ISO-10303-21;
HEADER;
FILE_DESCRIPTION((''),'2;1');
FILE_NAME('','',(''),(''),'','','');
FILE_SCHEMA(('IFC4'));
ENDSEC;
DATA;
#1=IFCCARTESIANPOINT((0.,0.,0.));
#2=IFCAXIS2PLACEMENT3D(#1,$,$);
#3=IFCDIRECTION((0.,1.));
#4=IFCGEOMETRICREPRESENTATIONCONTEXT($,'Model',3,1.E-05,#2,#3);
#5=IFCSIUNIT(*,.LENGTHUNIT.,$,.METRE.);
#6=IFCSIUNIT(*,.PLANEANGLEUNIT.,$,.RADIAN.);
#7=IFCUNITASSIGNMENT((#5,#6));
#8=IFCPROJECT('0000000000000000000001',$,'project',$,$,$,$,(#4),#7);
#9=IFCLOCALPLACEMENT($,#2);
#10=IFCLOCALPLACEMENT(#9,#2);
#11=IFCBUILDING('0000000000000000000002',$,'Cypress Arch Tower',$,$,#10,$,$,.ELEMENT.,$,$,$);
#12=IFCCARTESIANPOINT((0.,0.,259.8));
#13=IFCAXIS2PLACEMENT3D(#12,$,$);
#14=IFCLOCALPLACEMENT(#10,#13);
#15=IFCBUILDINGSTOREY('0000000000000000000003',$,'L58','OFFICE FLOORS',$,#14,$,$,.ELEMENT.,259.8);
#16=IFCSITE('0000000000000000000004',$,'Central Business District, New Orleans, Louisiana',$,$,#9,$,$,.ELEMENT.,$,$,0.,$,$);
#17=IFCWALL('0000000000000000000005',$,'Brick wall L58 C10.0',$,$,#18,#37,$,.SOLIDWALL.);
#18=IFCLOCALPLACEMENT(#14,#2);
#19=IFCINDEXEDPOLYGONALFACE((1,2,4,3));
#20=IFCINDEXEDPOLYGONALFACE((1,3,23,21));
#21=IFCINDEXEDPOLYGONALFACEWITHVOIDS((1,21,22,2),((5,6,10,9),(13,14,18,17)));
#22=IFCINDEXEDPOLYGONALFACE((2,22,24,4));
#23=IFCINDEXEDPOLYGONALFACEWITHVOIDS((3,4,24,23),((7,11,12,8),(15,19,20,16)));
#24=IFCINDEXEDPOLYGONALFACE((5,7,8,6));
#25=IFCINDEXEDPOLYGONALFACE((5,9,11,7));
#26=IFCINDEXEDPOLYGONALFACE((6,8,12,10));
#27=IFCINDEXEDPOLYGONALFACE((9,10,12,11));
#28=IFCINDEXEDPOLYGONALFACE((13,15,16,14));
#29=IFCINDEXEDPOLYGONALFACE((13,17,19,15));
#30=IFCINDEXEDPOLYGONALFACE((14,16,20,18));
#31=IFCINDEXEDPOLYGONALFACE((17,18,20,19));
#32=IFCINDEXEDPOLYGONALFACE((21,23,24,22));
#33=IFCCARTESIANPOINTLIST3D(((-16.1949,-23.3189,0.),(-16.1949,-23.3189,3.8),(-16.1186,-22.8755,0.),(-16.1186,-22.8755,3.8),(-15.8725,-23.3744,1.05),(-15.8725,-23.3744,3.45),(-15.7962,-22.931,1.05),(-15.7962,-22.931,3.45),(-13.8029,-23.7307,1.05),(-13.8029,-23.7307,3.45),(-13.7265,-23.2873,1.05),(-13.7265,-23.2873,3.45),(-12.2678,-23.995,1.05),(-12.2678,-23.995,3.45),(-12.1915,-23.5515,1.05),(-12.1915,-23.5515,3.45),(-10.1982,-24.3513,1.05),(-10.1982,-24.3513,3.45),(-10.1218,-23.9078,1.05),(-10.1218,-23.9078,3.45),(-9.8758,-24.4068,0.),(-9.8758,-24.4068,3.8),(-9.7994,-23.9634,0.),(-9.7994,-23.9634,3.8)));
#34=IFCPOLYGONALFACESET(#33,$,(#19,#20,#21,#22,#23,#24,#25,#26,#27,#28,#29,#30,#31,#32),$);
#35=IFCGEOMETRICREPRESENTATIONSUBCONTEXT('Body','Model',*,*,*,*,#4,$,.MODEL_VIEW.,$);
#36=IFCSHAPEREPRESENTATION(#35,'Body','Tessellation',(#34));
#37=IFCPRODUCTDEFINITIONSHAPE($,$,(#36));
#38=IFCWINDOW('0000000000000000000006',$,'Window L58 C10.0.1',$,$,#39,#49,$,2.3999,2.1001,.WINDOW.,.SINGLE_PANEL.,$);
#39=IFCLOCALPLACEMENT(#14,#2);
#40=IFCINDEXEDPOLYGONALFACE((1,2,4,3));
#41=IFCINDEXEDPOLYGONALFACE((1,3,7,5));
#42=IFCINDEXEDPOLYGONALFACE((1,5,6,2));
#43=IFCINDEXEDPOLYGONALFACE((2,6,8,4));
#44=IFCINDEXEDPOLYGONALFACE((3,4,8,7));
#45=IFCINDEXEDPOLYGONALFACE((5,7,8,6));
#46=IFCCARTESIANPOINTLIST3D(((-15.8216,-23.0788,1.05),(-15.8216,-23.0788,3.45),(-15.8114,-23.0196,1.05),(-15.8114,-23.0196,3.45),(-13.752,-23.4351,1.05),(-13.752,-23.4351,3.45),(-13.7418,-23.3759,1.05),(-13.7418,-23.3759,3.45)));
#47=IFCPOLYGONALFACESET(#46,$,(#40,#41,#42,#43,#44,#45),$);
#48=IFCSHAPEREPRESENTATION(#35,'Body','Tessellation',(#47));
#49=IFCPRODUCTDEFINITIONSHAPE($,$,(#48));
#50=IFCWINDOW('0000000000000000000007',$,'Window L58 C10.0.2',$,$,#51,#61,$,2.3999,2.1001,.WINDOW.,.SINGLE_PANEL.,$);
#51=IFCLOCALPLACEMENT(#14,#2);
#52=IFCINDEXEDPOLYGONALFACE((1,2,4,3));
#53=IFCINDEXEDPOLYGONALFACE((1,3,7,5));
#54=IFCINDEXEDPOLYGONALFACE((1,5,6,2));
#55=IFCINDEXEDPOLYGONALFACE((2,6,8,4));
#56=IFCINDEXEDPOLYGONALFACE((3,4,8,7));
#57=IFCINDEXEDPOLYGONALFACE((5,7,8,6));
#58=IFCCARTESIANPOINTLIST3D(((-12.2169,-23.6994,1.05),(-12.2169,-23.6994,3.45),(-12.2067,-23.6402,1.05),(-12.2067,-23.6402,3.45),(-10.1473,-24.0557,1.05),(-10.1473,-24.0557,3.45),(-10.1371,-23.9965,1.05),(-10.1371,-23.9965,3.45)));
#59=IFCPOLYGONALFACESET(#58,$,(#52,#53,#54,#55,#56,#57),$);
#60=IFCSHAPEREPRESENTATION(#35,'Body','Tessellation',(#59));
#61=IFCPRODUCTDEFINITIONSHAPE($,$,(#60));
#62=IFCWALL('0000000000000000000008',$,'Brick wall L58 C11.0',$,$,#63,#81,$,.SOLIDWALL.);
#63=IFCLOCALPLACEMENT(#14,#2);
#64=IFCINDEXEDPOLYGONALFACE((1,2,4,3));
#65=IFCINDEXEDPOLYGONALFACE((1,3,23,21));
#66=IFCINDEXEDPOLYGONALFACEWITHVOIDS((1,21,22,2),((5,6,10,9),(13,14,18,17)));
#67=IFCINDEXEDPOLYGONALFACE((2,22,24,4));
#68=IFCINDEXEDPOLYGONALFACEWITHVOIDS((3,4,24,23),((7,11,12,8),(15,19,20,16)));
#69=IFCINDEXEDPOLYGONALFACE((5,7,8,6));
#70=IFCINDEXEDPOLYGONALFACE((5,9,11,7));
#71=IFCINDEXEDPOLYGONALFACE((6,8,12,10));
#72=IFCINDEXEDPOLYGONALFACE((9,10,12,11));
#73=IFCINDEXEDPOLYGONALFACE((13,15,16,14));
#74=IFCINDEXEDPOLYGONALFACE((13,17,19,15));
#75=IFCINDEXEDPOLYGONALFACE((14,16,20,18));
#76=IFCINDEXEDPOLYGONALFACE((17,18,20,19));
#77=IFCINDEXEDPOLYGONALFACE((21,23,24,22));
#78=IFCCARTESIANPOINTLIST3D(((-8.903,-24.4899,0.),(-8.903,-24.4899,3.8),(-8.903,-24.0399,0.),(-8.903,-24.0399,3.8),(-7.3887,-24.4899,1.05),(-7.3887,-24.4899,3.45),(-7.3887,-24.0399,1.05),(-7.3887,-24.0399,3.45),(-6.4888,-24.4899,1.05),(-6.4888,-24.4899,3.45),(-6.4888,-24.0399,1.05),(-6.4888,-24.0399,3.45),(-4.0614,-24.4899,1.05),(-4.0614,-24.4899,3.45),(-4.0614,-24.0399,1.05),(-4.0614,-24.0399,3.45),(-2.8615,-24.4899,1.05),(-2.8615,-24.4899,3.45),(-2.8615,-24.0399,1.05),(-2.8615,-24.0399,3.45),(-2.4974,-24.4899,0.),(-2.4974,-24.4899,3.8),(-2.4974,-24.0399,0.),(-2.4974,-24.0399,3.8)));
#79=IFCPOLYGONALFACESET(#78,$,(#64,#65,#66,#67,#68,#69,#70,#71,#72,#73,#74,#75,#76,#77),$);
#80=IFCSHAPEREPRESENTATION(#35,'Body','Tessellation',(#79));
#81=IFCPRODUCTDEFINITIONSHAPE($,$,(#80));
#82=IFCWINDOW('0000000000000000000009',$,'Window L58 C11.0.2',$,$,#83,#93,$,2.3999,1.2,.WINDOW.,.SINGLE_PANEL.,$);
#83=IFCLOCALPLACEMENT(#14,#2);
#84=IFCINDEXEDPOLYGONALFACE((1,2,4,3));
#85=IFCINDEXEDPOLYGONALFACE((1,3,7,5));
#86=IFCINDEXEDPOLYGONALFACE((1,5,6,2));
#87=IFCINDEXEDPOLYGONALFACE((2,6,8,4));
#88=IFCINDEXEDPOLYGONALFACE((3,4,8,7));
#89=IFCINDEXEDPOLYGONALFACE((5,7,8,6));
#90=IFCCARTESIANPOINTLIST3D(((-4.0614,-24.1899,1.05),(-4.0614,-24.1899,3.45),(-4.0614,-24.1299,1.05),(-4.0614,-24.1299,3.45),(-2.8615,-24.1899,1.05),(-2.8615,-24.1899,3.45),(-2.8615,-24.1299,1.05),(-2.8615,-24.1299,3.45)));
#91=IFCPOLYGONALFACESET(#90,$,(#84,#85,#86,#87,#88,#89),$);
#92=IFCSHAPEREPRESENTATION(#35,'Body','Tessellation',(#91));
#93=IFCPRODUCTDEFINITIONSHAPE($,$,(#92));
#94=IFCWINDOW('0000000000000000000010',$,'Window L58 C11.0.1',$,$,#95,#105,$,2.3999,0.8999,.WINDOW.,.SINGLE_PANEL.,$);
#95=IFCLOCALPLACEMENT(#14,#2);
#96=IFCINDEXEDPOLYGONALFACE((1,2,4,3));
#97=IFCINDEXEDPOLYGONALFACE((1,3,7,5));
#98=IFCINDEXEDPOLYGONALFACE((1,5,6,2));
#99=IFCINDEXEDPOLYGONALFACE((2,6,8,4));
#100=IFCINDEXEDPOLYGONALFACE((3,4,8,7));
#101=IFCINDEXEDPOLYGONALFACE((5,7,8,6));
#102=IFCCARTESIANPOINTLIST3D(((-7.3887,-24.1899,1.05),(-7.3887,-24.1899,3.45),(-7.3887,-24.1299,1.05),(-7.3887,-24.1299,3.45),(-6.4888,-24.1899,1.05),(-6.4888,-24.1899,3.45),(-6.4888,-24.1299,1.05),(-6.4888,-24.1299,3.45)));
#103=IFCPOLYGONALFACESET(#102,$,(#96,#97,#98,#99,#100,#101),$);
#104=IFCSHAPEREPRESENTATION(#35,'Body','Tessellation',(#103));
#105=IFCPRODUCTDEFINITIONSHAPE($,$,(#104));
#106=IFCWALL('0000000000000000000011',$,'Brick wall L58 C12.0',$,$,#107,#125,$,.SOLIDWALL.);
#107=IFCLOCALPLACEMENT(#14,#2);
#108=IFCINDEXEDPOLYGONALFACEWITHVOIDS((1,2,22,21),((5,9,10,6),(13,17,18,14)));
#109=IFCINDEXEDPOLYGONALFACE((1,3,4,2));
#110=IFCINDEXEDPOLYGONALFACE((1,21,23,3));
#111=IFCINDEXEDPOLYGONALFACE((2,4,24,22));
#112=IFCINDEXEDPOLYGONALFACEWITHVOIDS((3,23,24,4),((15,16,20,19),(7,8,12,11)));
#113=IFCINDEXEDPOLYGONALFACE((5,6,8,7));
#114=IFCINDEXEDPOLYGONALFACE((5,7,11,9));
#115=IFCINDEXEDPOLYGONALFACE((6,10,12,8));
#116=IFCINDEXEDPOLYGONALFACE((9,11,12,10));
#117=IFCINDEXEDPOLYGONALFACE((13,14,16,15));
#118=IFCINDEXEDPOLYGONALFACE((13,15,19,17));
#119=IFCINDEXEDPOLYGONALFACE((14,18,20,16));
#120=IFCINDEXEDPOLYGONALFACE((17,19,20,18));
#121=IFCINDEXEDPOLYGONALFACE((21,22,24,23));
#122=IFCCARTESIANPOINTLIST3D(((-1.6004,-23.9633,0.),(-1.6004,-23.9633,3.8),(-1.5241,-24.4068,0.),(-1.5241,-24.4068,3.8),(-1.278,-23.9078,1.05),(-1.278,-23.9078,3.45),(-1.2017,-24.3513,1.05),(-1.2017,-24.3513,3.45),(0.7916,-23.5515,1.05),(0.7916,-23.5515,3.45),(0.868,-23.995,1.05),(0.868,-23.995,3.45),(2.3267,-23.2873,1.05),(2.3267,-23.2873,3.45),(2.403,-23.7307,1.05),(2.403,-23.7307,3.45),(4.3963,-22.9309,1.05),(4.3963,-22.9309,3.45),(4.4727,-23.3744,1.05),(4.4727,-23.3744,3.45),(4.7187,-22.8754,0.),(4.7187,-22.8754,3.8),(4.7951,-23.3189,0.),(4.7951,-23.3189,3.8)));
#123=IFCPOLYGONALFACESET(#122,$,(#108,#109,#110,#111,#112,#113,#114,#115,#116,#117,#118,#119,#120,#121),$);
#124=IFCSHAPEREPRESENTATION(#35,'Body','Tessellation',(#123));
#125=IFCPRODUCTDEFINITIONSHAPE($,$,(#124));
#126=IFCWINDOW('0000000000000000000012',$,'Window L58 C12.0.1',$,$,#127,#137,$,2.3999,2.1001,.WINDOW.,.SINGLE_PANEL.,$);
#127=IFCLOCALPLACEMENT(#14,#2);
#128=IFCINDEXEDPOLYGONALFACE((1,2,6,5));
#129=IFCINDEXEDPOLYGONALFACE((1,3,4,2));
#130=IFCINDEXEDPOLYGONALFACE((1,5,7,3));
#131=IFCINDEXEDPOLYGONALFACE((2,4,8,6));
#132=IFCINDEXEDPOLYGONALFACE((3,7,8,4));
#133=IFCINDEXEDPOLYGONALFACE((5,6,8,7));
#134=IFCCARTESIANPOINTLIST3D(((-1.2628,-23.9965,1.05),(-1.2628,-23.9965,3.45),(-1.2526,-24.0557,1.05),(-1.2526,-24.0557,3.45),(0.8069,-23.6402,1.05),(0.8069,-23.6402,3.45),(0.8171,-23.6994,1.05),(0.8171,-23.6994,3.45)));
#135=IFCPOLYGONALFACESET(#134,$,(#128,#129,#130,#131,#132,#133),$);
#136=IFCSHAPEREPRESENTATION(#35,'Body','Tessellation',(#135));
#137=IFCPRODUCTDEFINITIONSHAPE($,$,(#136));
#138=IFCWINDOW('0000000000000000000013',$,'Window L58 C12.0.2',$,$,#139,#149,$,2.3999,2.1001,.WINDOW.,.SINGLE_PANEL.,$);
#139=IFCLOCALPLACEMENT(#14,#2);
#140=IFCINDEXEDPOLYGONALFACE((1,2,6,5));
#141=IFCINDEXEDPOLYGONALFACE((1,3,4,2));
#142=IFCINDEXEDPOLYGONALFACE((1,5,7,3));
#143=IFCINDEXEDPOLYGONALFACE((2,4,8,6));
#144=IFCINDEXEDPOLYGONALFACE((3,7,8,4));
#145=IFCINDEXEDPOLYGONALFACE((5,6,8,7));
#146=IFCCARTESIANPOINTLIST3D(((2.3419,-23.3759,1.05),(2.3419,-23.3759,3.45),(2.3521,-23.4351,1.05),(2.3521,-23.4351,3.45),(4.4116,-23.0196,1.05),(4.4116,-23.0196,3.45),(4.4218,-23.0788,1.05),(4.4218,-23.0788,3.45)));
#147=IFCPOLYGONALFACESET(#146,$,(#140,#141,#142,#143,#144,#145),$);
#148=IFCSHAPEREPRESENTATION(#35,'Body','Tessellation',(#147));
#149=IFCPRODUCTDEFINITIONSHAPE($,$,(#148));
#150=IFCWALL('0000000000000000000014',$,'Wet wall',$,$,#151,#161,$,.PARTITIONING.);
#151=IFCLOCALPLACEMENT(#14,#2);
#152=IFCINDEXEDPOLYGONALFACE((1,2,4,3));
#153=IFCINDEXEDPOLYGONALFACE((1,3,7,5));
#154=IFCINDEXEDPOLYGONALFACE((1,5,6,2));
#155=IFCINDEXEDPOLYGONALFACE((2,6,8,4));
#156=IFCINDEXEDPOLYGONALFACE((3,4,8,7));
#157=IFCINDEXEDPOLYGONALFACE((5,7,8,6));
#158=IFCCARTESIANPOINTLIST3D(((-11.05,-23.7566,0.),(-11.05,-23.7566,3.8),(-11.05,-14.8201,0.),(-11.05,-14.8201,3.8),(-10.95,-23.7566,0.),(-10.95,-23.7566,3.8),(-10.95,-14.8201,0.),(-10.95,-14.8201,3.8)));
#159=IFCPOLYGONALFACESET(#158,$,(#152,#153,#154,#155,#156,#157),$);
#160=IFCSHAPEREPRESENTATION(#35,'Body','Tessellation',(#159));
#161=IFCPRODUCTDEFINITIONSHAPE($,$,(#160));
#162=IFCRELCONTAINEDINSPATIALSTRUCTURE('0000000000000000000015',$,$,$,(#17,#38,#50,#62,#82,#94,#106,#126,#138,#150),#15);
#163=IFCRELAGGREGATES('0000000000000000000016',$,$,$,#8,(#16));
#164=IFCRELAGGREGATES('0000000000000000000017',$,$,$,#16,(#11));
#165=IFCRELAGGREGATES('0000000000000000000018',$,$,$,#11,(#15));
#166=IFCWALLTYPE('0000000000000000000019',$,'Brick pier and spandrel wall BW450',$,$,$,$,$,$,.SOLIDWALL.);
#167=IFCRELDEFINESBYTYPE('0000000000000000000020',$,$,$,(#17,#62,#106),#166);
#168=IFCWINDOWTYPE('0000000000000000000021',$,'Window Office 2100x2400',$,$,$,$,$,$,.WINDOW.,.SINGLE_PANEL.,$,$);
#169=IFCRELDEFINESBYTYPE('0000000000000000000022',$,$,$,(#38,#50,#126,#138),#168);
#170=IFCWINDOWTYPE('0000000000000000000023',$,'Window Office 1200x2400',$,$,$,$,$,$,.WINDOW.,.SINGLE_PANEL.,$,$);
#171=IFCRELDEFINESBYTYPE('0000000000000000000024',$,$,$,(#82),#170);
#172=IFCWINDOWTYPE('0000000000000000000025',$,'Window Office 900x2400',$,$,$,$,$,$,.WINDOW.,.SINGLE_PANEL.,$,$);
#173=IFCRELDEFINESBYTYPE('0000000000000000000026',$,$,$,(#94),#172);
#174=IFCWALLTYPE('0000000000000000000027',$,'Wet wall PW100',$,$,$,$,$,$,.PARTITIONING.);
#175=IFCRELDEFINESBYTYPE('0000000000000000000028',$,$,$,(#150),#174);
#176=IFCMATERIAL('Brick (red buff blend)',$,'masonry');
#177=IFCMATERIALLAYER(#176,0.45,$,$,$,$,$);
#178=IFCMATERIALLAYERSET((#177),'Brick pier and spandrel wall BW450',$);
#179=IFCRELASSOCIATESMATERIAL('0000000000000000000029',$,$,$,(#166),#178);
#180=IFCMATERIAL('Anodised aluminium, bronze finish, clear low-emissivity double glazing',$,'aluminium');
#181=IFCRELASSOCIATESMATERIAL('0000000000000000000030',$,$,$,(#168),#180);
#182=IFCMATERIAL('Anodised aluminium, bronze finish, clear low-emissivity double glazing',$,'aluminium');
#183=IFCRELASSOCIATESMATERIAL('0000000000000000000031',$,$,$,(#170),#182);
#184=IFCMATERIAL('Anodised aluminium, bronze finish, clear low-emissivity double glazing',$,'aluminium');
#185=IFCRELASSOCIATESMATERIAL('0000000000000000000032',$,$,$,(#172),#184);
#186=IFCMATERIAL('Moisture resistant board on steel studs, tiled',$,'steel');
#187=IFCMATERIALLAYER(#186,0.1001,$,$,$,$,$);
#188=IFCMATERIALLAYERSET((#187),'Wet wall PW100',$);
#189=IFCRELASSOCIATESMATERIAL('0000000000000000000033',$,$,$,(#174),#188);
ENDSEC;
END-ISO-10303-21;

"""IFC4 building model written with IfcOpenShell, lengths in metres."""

from ifc_helpers import new_model, si_unit, direction, frame, frame_2d, origin, place, context, subcontext, project, spatial, rectangle, extrude, material, layer, layer_set, type_object, element, fill, save


model = new_model("IFC4")

# Units and contexts
model_context = context("Model", 3, precision=1e-05, world=origin(), true_north=direction((0.0, 1.0)))
body_context = subcontext(model_context, "Body", "Model", "MODEL_VIEW")
ifc_project = project(units=[si_unit("LENGTHUNIT", "METRE"), si_unit("PLANEANGLEUNIT", "RADIAN")], contexts=[model_context])

# Site, building, storey
site_placement = place(None, origin())
site = spatial("IfcSite", under=ifc_project, at=site_placement, Name="Central Business District, New Orleans, Louisiana", CompositionType="ELEMENT", RefElevation=0.0)
building_placement = place(site_placement, origin())
building = spatial("IfcBuilding", under=site, at=building_placement, Name="Cypress Arch Tower", CompositionType="ELEMENT")
storey_placement = place(building_placement, frame((0.0, 0.0, 259.8)))
storey = spatial("IfcBuildingStorey", under=building, at=storey_placement, Name="L58", Description="OFFICE FLOORS", CompositionType="ELEMENT", Elevation=259.8)

# Walls, openings, windows
ifc_material_1 = material(Name="Brick (red buff blend)", Category="masonry")
ifc_layer_1 = layer(ifc_material_1, 0.45)
ifc_layer_set_1 = layer_set([ifc_layer_1], Name="Brick pier and spandrel wall BW450")
wall_type_1 = type_object("IfcWallType", Name="Brick pier and spandrel wall BW450", PredefinedType="SOLIDWALL", material=ifc_layer_set_1)
ifc_material_2 = material(Name="Anodised aluminium, bronze finish, clear low-emissivity double glazing", Category="aluminium")
window_type_1 = type_object("IfcWindowType", Name="Window Office 2100x2400", PartitioningType="SINGLE_PANEL", PredefinedType="WINDOW", material=ifc_material_2)
wall_1_placement = place(storey_placement, frame((-16.1567, -23.0972, 0.0), z_axis=(0.0, 0.0, 1.0), x_axis=(0.985502, -0.169663, 0.0)))
wall_1 = element("IfcWall", 1, at=wall_1_placement, inside=storey, type_object=wall_type_1, Name="Brick wall L58 C10.0", PredefinedType="SOLIDWALL", context=body_context, shape_type="SweptSolid", body=[
    extrude(rectangle(XDim=6.4121, YDim=0.45, at=frame_2d((3.2061, 0.0))), origin(), (0.0, 0.0, 1.0), 3.8),
])
opening_1_placement = place(wall_1_placement, frame((0.3271, 0.0, 1.05)))
opening_1 = element("IfcOpeningElement", 2, at=opening_1_placement, cuts=wall_1, PredefinedType="OPENING", context=body_context, shape_type="SweptSolid", body=[
    extrude(rectangle(XDim=2.1001, YDim=2.3999, at=frame_2d((1.05, 1.2))), frame((0.0, 0.2349, 0.0), z_axis=(0.0, -1.0, 0.0), x_axis=(1.0, 0.0, 0.0)), (0.0, 0.0, 1.0), 0.47),
])
opening_2_placement = place(wall_1_placement, frame((3.9849, 0.0, 1.05)))
opening_2 = element("IfcOpeningElement", 3, at=opening_2_placement, cuts=wall_1, PredefinedType="OPENING", context=body_context, shape_type="SweptSolid", body=[
    extrude(rectangle(XDim=2.1001, YDim=2.3999, at=frame_2d((1.05, 1.2))), frame((0.0, 0.2349, 0.0), z_axis=(0.0, -1.0, 0.0), x_axis=(1.0, 0.0, 0.0)), (0.0, 0.0, 1.0), 0.47),
])
window_1_placement = place(opening_1_placement, origin())
window_1 = element("IfcWindow", 4, at=window_1_placement, inside=storey, type_object=window_type_1, Name="Window L58 C10.0.1", OverallHeight=2.3999, OverallWidth=2.1001, PartitioningType="SINGLE_PANEL", PredefinedType="WINDOW", context=body_context, shape_type="SweptSolid", body=[
    extrude(rectangle(XDim=2.1001, YDim=2.3999, at=frame_2d((1.05, 1.2))), frame((0.0, 0.135, 0.0), z_axis=(0.0, -1.0, 0.0), x_axis=(1.0, 0.0, 0.0)), (0.0, 0.0, 1.0), 0.0601),
])
fill(opening_1, window_1)
window_2_placement = place(opening_2_placement, origin())
window_2 = element("IfcWindow", 5, at=window_2_placement, inside=storey, type_object=window_type_1, Name="Window L58 C10.0.2", OverallHeight=2.3999, OverallWidth=2.1001, PartitioningType="SINGLE_PANEL", PredefinedType="WINDOW", context=body_context, shape_type="SweptSolid", body=[
    extrude(rectangle(XDim=2.1001, YDim=2.3999, at=frame_2d((1.05, 1.2))), frame((0.0, 0.135, 0.0), z_axis=(0.0, -1.0, 0.0), x_axis=(1.0, 0.0, 0.0)), (0.0, 0.0, 1.0), 0.0601),
])
fill(opening_2, window_2)
wall_2_placement = place(storey_placement, frame((-8.9028, -24.2649, 0.0), z_axis=(0.0, 0.0, 1.0), x_axis=(1.0, 0.0, 0.0)))
wall_2 = element("IfcWall", 6, at=wall_2_placement, inside=storey, type_object=wall_type_1, Name="Brick wall L58 C11.0", PredefinedType="SOLIDWALL", context=body_context, shape_type="SweptSolid", body=[
    extrude(rectangle(XDim=6.4055, YDim=0.45, at=frame_2d((3.2026, 0.0))), origin(), (0.0, 0.0, 1.0), 3.8),
])
opening_3_placement = place(wall_2_placement, frame((1.5142, 0.0, 1.05)))
opening_3 = element("IfcOpeningElement", 7, at=opening_3_placement, cuts=wall_2, PredefinedType="OPENING", context=body_context, shape_type="SweptSolid", body=[
    extrude(rectangle(XDim=0.8999, YDim=2.3999, at=frame_2d((0.45, 1.2))), frame((0.0, 0.2349, 0.0), z_axis=(0.0, -1.0, 0.0), x_axis=(1.0, 0.0, 0.0)), (0.0, 0.0, 1.0), 0.47),
])
opening_4_placement = place(wall_2_placement, frame((4.8413, 0.0, 1.05)))
opening_4 = element("IfcOpeningElement", 8, at=opening_4_placement, cuts=wall_2, PredefinedType="OPENING", context=body_context, shape_type="SweptSolid", body=[
    extrude(rectangle(XDim=1.2, YDim=2.3999, at=frame_2d((0.6001, 1.2))), frame((0.0, 0.2349, 0.0), z_axis=(0.0, -1.0, 0.0), x_axis=(1.0, 0.0, 0.0)), (0.0, 0.0, 1.0), 0.47),
])
ifc_material_3 = material(Name="Anodised aluminium, bronze finish, clear low-emissivity double glazing", Category="aluminium")
window_type_2 = type_object("IfcWindowType", Name="Window Office 1200x2400", PartitioningType="SINGLE_PANEL", PredefinedType="WINDOW", material=ifc_material_3)
window_3_placement = place(opening_4_placement, origin())
window_3 = element("IfcWindow", 9, at=window_3_placement, inside=storey, type_object=window_type_2, Name="Window L58 C11.0.2", OverallHeight=2.3999, OverallWidth=1.2, PartitioningType="SINGLE_PANEL", PredefinedType="WINDOW", context=body_context, shape_type="SweptSolid", body=[
    extrude(rectangle(XDim=1.2, YDim=2.3999, at=frame_2d((0.6001, 1.2))), frame((0.0, 0.135, 0.0), z_axis=(0.0, -1.0, 0.0), x_axis=(1.0, 0.0, 0.0)), (0.0, 0.0, 1.0), 0.0601),
])
fill(opening_4, window_3)
ifc_material_4 = material(Name="Anodised aluminium, bronze finish, clear low-emissivity double glazing", Category="aluminium")
window_type_3 = type_object("IfcWindowType", Name="Window Office 900x2400", PartitioningType="SINGLE_PANEL", PredefinedType="WINDOW", material=ifc_material_4)
window_4_placement = place(opening_3_placement, origin())
window_4 = element("IfcWindow", 10, at=window_4_placement, inside=storey, type_object=window_type_3, Name="Window L58 C11.0.1", OverallHeight=2.3999, OverallWidth=0.8999, PartitioningType="SINGLE_PANEL", PredefinedType="WINDOW", context=body_context, shape_type="SweptSolid", body=[
    extrude(rectangle(XDim=0.8999, YDim=2.3999, at=frame_2d((0.45, 1.2))), frame((0.0, 0.135, 0.0), z_axis=(0.0, -1.0, 0.0), x_axis=(1.0, 0.0, 0.0)), (0.0, 0.0, 1.0), 0.0601),
])
fill(opening_3, window_4)
wall_3_placement = place(storey_placement, frame((-1.5623, -24.1851, 0.0), z_axis=(0.0, 0.0, 1.0), x_axis=(0.985502, 0.169663, 0.0)))
wall_3 = element("IfcWall", 11, at=wall_3_placement, inside=storey, type_object=wall_type_1, Name="Brick wall L58 C12.0", PredefinedType="SOLIDWALL", context=body_context, shape_type="SweptSolid", body=[
    extrude(rectangle(XDim=6.4121, YDim=0.45, at=frame_2d((3.2061, 0.0))), origin(), (0.0, 0.0, 1.0), 3.8),
])
opening_5_placement = place(wall_3_placement, frame((0.3271, 0.0, 1.05)))
opening_5 = element("IfcOpeningElement", 12, at=opening_5_placement, cuts=wall_3, PredefinedType="OPENING", context=body_context, shape_type="SweptSolid", body=[
    extrude(rectangle(XDim=2.1001, YDim=2.3999, at=frame_2d((1.05, 1.2))), frame((0.0, 0.2349, 0.0), z_axis=(0.0, -1.0, 0.0), x_axis=(1.0, 0.0, 0.0)), (0.0, 0.0, 1.0), 0.47),
])
opening_6_placement = place(wall_3_placement, frame((3.9849, 0.0, 1.05)))
opening_6 = element("IfcOpeningElement", 13, at=opening_6_placement, cuts=wall_3, PredefinedType="OPENING", context=body_context, shape_type="SweptSolid", body=[
    extrude(rectangle(XDim=2.1001, YDim=2.3999, at=frame_2d((1.05, 1.2))), frame((0.0, 0.2349, 0.0), z_axis=(0.0, -1.0, 0.0), x_axis=(1.0, 0.0, 0.0)), (0.0, 0.0, 1.0), 0.47),
])
window_5_placement = place(opening_5_placement, origin())
window_5 = element("IfcWindow", 14, at=window_5_placement, inside=storey, type_object=window_type_1, Name="Window L58 C12.0.1", OverallHeight=2.3999, OverallWidth=2.1001, PartitioningType="SINGLE_PANEL", PredefinedType="WINDOW", context=body_context, shape_type="SweptSolid", body=[
    extrude(rectangle(XDim=2.1001, YDim=2.3999, at=frame_2d((1.05, 1.2))), frame((0.0, 0.135, 0.0), z_axis=(0.0, -1.0, 0.0), x_axis=(1.0, 0.0, 0.0)), (0.0, 0.0, 1.0), 0.0601),
])
fill(opening_5, window_5)
window_6_placement = place(opening_6_placement, origin())
window_6 = element("IfcWindow", 15, at=window_6_placement, inside=storey, type_object=window_type_1, Name="Window L58 C12.0.2", OverallHeight=2.3999, OverallWidth=2.1001, PartitioningType="SINGLE_PANEL", PredefinedType="WINDOW", context=body_context, shape_type="SweptSolid", body=[
    extrude(rectangle(XDim=2.1001, YDim=2.3999, at=frame_2d((1.05, 1.2))), frame((0.0, 0.135, 0.0), z_axis=(0.0, -1.0, 0.0), x_axis=(1.0, 0.0, 0.0)), (0.0, 0.0, 1.0), 0.0601),
])
fill(opening_6, window_6)

# Wall
ifc_material_5 = material(Name="Moisture resistant board on steel studs, tiled", Category="steel")
ifc_layer_2 = layer(ifc_material_5, 0.1001)
ifc_layer_set_2 = layer_set([ifc_layer_2], Name="Wet wall PW100")
wall_type_2 = type_object("IfcWallType", Name="Wet wall PW100", PredefinedType="PARTITIONING", material=ifc_layer_set_2)
wall_4_placement = place(storey_placement, frame((-11.0, -23.7566, 0.0), z_axis=(0.0, 0.0, 1.0), x_axis=(0.0, 1.0, 0.0)))
element("IfcWall", 16, at=wall_4_placement, inside=storey, type_object=wall_type_2, Name="Wet wall", PredefinedType="PARTITIONING", context=body_context, shape_type="SweptSolid", body=[
    extrude(rectangle(XDim=8.9365, YDim=0.1001, at=frame_2d((4.4683, 0.0))), origin(), (0.0, 0.0, 1.0), 3.8),
])

save(model, "model.ifc")
